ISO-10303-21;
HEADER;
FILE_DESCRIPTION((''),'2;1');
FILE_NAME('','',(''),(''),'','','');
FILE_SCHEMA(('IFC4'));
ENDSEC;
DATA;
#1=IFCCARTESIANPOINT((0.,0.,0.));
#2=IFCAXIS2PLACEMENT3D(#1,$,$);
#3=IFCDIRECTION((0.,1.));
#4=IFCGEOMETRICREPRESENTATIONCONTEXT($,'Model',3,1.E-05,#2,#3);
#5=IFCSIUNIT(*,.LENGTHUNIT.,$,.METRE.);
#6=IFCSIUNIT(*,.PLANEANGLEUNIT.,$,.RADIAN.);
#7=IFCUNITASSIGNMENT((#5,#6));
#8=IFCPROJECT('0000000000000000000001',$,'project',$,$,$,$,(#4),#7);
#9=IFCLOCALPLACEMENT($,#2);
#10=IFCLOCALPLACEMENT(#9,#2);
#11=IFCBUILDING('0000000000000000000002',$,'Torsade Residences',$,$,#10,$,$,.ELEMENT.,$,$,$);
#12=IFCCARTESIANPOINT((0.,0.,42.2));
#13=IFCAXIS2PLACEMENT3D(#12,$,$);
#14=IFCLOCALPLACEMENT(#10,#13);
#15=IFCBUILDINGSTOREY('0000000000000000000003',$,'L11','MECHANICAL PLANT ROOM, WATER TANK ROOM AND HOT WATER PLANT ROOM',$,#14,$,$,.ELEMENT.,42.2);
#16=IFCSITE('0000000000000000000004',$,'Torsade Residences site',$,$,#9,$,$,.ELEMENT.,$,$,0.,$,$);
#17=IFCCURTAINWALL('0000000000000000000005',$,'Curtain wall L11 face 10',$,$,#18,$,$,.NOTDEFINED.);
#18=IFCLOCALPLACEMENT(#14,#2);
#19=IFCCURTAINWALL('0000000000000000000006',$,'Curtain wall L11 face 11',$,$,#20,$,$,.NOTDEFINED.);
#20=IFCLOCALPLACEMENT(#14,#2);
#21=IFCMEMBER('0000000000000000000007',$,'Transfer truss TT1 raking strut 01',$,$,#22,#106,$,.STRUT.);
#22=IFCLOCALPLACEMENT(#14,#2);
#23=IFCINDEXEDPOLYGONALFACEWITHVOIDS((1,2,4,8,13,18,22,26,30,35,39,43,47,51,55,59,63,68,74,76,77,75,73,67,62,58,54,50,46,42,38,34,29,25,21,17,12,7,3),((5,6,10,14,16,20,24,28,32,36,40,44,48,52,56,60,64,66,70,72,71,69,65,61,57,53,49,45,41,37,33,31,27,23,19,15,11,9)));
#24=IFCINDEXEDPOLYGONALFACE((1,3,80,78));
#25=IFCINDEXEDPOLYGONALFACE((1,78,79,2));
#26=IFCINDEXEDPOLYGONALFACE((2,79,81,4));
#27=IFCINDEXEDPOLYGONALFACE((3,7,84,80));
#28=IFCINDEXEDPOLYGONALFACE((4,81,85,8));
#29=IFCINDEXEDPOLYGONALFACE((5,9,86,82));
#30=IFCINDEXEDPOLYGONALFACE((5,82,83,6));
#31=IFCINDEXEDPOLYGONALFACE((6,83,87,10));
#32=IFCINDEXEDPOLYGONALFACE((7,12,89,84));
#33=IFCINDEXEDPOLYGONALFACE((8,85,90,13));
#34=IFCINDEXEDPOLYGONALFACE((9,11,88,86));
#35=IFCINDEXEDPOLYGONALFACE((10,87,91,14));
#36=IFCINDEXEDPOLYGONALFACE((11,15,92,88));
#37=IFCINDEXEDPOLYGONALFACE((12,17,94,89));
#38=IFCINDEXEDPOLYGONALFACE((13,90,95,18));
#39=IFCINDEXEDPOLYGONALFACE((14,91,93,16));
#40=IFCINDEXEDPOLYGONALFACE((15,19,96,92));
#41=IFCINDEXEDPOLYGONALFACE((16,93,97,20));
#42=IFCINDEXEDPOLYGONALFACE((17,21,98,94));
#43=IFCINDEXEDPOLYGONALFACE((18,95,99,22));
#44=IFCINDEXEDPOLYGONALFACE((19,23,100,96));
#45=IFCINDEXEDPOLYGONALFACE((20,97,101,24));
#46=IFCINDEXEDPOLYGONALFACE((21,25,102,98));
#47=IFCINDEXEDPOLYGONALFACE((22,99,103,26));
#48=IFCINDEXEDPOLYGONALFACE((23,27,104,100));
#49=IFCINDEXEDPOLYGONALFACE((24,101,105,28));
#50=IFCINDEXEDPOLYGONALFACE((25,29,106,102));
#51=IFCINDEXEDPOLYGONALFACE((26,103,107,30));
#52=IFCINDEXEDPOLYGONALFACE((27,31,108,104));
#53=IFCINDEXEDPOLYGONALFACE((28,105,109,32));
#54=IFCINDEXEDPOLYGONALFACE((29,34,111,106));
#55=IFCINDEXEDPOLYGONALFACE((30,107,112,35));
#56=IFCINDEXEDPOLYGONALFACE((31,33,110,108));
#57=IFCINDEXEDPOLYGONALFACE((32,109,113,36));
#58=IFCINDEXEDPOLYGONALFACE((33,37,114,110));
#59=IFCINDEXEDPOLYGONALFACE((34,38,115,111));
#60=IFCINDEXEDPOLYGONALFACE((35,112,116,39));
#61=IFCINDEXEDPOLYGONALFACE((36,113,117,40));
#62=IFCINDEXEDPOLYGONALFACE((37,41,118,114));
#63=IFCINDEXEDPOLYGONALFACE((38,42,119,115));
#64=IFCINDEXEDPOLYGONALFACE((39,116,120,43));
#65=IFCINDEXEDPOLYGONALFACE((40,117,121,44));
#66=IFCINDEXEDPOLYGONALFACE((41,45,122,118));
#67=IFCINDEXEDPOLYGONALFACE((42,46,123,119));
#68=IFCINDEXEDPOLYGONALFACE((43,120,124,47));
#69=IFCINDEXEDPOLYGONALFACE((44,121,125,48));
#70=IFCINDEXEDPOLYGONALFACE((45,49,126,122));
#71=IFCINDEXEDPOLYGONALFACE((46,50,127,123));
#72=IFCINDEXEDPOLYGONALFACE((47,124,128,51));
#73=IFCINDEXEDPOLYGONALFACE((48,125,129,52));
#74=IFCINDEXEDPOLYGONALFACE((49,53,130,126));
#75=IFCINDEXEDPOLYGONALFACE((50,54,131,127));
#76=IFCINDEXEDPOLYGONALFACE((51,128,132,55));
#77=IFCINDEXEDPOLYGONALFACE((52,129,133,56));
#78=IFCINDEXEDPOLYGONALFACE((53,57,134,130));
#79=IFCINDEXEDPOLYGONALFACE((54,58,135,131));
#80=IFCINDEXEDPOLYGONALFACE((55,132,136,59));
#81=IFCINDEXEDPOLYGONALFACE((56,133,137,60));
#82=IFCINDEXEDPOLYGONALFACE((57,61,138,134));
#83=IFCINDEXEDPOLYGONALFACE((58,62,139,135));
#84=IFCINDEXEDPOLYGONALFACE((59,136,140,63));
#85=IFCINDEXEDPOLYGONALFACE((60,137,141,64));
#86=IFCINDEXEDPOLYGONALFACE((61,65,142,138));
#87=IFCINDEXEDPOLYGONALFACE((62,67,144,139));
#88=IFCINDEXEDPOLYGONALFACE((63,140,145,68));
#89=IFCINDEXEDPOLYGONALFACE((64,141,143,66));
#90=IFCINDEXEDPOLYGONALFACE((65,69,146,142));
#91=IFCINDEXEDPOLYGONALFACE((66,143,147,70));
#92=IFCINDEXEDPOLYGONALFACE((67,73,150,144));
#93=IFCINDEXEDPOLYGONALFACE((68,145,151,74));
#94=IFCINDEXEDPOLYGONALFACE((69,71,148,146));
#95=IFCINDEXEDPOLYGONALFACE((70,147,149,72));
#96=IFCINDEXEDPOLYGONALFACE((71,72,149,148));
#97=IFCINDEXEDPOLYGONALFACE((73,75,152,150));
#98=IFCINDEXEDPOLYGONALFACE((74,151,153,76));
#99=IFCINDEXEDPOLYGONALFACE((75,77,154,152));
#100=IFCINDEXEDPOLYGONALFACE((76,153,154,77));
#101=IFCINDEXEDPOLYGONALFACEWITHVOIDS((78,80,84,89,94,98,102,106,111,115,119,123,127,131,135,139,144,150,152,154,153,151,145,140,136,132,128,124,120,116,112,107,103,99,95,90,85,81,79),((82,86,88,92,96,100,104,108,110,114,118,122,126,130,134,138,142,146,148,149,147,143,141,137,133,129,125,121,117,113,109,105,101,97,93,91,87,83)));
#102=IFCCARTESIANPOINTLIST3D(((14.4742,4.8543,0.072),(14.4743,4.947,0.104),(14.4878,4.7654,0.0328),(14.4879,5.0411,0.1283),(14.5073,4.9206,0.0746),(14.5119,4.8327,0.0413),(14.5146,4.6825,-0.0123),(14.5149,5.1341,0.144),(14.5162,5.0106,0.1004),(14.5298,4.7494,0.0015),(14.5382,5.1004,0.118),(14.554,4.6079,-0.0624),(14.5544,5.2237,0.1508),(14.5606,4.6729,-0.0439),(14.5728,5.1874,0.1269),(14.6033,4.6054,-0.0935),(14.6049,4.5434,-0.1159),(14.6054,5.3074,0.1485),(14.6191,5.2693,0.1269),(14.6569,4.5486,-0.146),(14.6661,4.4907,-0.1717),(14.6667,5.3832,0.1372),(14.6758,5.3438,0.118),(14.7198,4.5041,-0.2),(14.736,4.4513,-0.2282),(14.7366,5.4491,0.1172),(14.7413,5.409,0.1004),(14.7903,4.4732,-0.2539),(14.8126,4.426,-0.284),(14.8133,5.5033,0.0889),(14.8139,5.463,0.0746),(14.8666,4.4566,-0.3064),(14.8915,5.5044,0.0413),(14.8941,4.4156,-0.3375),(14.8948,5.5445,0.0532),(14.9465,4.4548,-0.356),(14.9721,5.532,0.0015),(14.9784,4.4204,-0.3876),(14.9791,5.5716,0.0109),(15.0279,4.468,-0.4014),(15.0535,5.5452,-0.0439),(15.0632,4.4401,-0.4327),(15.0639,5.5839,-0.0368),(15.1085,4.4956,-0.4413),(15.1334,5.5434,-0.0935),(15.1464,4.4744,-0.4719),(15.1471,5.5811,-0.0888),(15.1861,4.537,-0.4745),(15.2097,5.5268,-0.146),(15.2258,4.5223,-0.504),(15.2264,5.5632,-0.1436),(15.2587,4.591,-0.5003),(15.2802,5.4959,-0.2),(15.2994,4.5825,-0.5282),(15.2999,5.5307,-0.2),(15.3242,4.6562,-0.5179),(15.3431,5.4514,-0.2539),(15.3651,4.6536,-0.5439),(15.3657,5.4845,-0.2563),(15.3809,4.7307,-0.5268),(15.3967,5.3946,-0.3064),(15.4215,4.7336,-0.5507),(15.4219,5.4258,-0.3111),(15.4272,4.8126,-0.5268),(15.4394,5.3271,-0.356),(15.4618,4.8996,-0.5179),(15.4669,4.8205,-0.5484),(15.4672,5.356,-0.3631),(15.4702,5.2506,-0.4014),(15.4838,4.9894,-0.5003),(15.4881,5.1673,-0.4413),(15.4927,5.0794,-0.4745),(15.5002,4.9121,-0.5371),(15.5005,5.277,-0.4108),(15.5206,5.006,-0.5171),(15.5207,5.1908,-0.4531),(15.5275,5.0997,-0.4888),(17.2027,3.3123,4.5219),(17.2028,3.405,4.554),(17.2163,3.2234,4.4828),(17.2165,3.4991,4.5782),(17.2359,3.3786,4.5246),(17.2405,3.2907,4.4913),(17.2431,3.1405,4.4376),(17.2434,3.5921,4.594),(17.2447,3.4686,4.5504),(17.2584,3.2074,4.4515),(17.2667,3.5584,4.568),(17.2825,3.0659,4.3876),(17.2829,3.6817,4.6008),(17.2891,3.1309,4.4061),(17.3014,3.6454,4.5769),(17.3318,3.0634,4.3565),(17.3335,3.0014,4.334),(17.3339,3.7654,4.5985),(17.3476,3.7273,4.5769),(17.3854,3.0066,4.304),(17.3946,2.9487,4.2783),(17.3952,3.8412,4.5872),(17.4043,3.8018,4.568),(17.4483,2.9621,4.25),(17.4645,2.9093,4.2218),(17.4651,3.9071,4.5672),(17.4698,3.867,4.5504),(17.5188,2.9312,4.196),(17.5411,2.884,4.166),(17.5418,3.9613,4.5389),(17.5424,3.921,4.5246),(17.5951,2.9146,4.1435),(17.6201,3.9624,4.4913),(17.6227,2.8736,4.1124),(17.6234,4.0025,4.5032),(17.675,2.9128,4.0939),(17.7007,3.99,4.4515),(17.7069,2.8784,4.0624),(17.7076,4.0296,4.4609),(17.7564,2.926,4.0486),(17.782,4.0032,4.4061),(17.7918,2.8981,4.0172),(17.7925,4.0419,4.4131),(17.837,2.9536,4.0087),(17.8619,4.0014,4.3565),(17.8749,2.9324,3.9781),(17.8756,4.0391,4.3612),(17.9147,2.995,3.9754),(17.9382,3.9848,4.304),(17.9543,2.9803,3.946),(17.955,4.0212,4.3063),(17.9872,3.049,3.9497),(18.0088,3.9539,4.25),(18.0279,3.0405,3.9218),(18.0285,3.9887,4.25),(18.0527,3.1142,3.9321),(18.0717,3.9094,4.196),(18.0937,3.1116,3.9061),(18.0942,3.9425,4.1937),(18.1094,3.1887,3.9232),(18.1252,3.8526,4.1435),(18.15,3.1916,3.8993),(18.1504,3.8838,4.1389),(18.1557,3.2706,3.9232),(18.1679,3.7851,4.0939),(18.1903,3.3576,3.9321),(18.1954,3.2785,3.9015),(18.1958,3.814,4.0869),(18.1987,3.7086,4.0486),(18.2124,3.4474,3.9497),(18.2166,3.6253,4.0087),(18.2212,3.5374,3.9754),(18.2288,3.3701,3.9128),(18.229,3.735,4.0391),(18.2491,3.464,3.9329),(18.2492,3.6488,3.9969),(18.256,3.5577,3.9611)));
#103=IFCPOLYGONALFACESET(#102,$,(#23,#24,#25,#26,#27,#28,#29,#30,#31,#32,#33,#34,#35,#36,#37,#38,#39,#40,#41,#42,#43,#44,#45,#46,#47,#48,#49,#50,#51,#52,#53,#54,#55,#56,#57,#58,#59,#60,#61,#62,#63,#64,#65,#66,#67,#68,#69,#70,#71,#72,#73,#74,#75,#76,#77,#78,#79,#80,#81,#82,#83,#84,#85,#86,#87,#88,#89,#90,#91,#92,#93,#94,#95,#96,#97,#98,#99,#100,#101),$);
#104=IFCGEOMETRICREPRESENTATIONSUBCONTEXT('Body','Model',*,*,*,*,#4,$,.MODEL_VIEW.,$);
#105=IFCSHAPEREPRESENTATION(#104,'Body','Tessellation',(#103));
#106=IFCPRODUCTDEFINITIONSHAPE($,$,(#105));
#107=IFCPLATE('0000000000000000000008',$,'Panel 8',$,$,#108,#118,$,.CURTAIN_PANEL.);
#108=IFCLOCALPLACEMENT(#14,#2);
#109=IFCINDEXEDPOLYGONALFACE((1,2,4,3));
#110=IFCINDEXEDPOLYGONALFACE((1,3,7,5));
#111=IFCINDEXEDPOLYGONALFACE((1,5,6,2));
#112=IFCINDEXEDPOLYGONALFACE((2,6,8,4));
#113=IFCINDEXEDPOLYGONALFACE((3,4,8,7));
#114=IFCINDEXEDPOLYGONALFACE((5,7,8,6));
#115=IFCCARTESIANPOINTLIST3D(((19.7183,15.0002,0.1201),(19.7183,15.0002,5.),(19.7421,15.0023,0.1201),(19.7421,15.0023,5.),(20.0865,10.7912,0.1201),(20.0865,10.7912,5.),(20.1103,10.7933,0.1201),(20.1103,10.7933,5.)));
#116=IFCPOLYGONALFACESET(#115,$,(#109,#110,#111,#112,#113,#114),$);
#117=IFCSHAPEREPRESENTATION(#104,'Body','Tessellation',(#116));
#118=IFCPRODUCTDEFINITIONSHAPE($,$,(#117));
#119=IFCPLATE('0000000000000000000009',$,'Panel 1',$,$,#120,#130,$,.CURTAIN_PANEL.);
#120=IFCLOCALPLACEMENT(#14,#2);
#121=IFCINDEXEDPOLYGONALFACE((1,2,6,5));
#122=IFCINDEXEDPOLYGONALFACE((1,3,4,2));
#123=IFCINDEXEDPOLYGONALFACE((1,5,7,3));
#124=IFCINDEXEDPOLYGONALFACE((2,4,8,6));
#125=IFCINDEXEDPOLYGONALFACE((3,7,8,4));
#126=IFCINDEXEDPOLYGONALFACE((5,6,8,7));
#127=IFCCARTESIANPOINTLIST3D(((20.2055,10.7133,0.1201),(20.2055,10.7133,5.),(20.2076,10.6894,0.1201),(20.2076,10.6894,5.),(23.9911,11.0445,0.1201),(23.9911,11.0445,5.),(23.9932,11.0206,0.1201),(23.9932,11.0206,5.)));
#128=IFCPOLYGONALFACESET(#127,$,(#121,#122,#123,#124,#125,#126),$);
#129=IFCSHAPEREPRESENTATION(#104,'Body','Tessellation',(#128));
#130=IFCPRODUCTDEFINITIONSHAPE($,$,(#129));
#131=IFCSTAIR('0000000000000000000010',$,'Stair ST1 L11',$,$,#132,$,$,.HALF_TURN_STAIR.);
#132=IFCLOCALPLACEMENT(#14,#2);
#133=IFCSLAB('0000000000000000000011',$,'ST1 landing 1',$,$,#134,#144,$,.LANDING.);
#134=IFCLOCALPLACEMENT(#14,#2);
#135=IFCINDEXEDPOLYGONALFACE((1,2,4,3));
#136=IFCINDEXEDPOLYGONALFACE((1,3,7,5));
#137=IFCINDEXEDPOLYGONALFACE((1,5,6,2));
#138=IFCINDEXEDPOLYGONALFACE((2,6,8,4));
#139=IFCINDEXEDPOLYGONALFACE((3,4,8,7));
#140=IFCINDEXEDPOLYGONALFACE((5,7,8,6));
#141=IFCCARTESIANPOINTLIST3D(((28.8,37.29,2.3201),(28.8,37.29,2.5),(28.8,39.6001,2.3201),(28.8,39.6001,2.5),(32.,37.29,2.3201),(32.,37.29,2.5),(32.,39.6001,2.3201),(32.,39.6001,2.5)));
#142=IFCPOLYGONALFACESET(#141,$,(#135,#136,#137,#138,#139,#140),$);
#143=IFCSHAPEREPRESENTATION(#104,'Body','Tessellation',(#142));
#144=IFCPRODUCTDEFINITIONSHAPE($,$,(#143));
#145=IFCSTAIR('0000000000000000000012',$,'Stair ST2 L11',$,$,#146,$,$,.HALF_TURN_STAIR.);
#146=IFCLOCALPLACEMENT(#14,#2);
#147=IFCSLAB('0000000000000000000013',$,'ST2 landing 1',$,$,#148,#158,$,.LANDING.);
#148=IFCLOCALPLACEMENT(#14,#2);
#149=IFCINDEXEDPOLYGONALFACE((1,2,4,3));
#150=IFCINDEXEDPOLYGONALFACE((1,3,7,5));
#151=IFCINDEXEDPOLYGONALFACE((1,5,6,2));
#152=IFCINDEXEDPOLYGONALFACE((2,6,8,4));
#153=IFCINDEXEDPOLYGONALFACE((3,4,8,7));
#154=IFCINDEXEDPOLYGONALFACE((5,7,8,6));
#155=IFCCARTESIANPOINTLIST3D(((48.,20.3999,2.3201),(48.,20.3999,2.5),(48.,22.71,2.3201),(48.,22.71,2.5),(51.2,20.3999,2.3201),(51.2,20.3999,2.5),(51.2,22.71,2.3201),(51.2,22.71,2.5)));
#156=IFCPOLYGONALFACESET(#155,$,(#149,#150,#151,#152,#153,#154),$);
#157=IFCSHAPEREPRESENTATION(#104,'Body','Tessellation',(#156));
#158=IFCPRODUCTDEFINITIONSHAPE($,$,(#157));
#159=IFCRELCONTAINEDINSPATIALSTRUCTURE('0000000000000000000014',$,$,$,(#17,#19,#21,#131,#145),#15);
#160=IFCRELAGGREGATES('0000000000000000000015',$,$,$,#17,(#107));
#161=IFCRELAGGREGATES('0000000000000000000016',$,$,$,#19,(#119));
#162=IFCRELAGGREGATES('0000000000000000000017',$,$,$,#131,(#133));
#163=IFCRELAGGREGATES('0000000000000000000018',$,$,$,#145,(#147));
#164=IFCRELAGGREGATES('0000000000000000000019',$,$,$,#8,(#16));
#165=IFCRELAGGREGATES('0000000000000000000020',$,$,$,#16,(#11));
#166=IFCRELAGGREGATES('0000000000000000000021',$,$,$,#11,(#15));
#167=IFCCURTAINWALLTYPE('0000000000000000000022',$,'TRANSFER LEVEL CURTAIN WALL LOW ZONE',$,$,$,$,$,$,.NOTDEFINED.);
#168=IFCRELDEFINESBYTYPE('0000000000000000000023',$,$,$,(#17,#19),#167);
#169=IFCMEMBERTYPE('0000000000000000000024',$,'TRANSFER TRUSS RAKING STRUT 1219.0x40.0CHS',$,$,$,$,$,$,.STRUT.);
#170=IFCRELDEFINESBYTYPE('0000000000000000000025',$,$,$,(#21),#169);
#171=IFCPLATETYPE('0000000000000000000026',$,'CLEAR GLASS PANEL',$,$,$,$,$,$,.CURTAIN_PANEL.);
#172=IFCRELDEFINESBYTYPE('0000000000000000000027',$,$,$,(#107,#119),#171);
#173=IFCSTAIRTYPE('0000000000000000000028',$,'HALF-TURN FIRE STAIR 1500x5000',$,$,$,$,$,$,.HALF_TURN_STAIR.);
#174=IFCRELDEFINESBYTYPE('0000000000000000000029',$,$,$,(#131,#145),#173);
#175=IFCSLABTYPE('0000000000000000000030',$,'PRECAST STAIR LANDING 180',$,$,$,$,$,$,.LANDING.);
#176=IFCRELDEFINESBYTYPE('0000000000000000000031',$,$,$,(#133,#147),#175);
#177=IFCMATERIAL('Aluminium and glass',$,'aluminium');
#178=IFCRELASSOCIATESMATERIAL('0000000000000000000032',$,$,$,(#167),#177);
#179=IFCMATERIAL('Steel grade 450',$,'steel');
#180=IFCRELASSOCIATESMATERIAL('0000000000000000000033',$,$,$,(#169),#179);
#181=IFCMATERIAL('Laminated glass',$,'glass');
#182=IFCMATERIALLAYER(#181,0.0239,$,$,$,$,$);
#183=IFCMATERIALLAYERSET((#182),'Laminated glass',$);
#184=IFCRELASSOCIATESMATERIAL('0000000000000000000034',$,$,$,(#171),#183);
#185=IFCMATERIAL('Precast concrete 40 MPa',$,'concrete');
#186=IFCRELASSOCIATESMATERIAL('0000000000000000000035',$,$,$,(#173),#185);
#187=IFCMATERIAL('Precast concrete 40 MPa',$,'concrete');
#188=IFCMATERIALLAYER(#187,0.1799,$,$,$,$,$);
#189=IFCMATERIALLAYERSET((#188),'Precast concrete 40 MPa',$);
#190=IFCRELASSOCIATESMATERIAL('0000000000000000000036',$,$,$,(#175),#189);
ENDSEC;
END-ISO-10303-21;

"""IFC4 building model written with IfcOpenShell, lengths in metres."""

from ifc_helpers import new_model, si_unit, direction, frame, origin, origin_2d, place, context, subcontext, project, spatial, polyline, rectangle, hollow_circle, outline, extrude, material, layer, layer_set, material_profile, profile_set, type_object, element, aggregate, save


model = new_model("IFC4")

# Units and contexts
model_context = context("Model", 3, precision=1e-05, world=origin(), true_north=direction((0.0, 1.0)))
body_context = subcontext(model_context, "Body", "Model", "MODEL_VIEW")
ifc_project = project(units=[si_unit("LENGTHUNIT", "METRE"), si_unit("PLANEANGLEUNIT", "RADIAN")], contexts=[model_context])

# Site, building, storey
site_placement = place(None, origin())
site = spatial("IfcSite", under=ifc_project, at=site_placement, Name="Torsade Residences site", CompositionType="ELEMENT", RefElevation=0.0)
building_placement = place(site_placement, origin())
building = spatial("IfcBuilding", under=site, at=building_placement, Name="Torsade Residences", CompositionType="ELEMENT")
storey_placement = place(building_placement, frame((0.0, 0.0, 42.2)))
storey = spatial("IfcBuildingStorey", under=building, at=storey_placement, Name="L11", Description="MECHANICAL PLANT ROOM, WATER TANK ROOM AND HOT WATER PLANT ROOM", CompositionType="ELEMENT", Elevation=42.2)

# Curtain walls
ifc_material_1 = material(Name="Aluminium and glass", Category="aluminium")
curtain_wall_type = type_object("IfcCurtainWallType", Name="TRANSFER LEVEL CURTAIN WALL LOW ZONE", PredefinedType="NOTDEFINED", material=ifc_material_1)
curtain_wall_1_placement = place(storey_placement, origin())
curtain_wall_1 = element("IfcCurtainWall", 1, at=curtain_wall_1_placement, inside=storey, type_object=curtain_wall_type, Name="Curtain wall L11 face 10", PredefinedType="NOTDEFINED")
curtain_wall_2_placement = place(storey_placement, origin())
curtain_wall_2 = element("IfcCurtainWall", 2, at=curtain_wall_2_placement, inside=storey, type_object=curtain_wall_type, Name="Curtain wall L11 face 11", PredefinedType="NOTDEFINED")

# Member
ifc_material_2 = material(Name="Steel grade 450", Category="steel")
ifc_material_profile_1 = material_profile(ifc_material_2, hollow_circle(Radius=0.6096, WallThickness=0.04, at=origin_2d()), Name="1219.0x40.0CHS")
ifc_profile_set_1 = profile_set([ifc_material_profile_1], Name="Steel grade 450")
member_type_1 = type_object("IfcMemberType", Name="TRANSFER TRUSS RAKING STRUT 1219.0x40.0CHS", PredefinedType="STRUT", material=ifc_profile_set_1)
member_1_placement = place(storey_placement, frame((15.0, 5.0, -0.2), z_axis=(0.501303, -0.283306, 0.817578), x_axis=(0.492006, 0.870592, 0.0)))
element("IfcMember", 3, at=member_1_placement, inside=storey, type_object=member_type_1, Name="Transfer truss TT1 raking strut 01", PredefinedType="STRUT", context=body_context, shape_type="SweptSolid", body=[
    extrude(hollow_circle(Radius=0.6096, WallThickness=0.04, at=origin_2d()), origin(), (0.0, 0.0, 1.0), 5.4429),
])

# Plates
ifc_material_3 = material(Name="Laminated glass", Category="glass")
ifc_layer_1 = layer(ifc_material_3, 0.0239)
ifc_layer_set_1 = layer_set([ifc_layer_1], Name="Laminated glass")
plate_type = type_object("IfcPlateType", Name="CLEAR GLASS PANEL", PredefinedType="CURTAIN_PANEL", material=ifc_layer_set_1)
plate_1_placement = place(storey_placement, frame((19.9143, 12.8967, 0.1201), z_axis=(0.0, 0.0, 1.0), x_axis=(0.087156, -0.996195, 0.0)))
plate_1 = element("IfcPlate", 4, at=plate_1_placement, type_object=plate_type, Name="Panel 8", PredefinedType="CURTAIN_PANEL", context=body_context, shape_type="SweptSolid", body=[
    extrude(rectangle(XDim=4.2251, YDim=0.0239, at=origin_2d()), origin(), (0.0, 0.0, 1.0), 4.8799),
])
aggregate(curtain_wall_1, [plate_1])
plate_2_placement = place(storey_placement, frame((22.0994, 10.8669, 0.1201), z_axis=(0.0, 0.0, 1.0), x_axis=(0.996195, 0.087156, 0.0)))
plate_2 = element("IfcPlate", 5, at=plate_2_placement, type_object=plate_type, Name="Panel 1", PredefinedType="CURTAIN_PANEL", context=body_context, shape_type="SweptSolid", body=[
    extrude(rectangle(XDim=3.8, YDim=0.0239, at=origin_2d()), origin(), (0.0, 0.0, 1.0), 4.8799),
])
aggregate(curtain_wall_2, [plate_2])

# Stairs, slabs
ifc_material_4 = material(Name="Precast concrete 40 MPa", Category="concrete")
stair_type = type_object("IfcStairType", Name="HALF-TURN FIRE STAIR 1500x5000", PredefinedType="HALF_TURN_STAIR", material=ifc_material_4)
stair_1_placement = place(storey_placement, origin())
stair_1 = element("IfcStair", 6, at=stair_1_placement, inside=storey, type_object=stair_type, Name="Stair ST1 L11", PredefinedType="HALF_TURN_STAIR")
ifc_material_5 = material(Name="Precast concrete 40 MPa", Category="concrete")
ifc_layer_2 = layer(ifc_material_5, 0.1799)
ifc_layer_set_2 = layer_set([ifc_layer_2], Name="Precast concrete 40 MPa")
slab_type_1 = type_object("IfcSlabType", Name="PRECAST STAIR LANDING 180", PredefinedType="LANDING", material=ifc_layer_set_2)
slab_1_placement = place(storey_placement, frame((0.0, 0.0, 2.3201)))
slab_1 = element("IfcSlab", 7, at=slab_1_placement, type_object=slab_type_1, Name="ST1 landing 1", PredefinedType="LANDING", context=body_context, shape_type="SweptSolid", body=[
    extrude(outline(polyline([(28.8, 37.29), (32.0, 37.29), (32.0, 39.6001), (28.8, 39.6001), (28.8, 37.29)])), origin(), (0.0, 0.0, 1.0), 0.1799),
])
aggregate(stair_1, [slab_1])
stair_2_placement = place(storey_placement, origin())
stair_2 = element("IfcStair", 8, at=stair_2_placement, inside=storey, type_object=stair_type, Name="Stair ST2 L11", PredefinedType="HALF_TURN_STAIR")
slab_2_placement = place(storey_placement, frame((0.0, 0.0, 2.3201)))
slab_2 = element("IfcSlab", 9, at=slab_2_placement, type_object=slab_type_1, Name="ST2 landing 1", PredefinedType="LANDING", context=body_context, shape_type="SweptSolid", body=[
    extrude(outline(polyline([(48.0, 20.3999), (51.2, 20.3999), (51.2, 22.71), (48.0, 22.71), (48.0, 20.3999)])), origin(), (0.0, 0.0, 1.0), 0.1799),
])
aggregate(stair_2, [slab_2])

save(model, "model.ifc")
